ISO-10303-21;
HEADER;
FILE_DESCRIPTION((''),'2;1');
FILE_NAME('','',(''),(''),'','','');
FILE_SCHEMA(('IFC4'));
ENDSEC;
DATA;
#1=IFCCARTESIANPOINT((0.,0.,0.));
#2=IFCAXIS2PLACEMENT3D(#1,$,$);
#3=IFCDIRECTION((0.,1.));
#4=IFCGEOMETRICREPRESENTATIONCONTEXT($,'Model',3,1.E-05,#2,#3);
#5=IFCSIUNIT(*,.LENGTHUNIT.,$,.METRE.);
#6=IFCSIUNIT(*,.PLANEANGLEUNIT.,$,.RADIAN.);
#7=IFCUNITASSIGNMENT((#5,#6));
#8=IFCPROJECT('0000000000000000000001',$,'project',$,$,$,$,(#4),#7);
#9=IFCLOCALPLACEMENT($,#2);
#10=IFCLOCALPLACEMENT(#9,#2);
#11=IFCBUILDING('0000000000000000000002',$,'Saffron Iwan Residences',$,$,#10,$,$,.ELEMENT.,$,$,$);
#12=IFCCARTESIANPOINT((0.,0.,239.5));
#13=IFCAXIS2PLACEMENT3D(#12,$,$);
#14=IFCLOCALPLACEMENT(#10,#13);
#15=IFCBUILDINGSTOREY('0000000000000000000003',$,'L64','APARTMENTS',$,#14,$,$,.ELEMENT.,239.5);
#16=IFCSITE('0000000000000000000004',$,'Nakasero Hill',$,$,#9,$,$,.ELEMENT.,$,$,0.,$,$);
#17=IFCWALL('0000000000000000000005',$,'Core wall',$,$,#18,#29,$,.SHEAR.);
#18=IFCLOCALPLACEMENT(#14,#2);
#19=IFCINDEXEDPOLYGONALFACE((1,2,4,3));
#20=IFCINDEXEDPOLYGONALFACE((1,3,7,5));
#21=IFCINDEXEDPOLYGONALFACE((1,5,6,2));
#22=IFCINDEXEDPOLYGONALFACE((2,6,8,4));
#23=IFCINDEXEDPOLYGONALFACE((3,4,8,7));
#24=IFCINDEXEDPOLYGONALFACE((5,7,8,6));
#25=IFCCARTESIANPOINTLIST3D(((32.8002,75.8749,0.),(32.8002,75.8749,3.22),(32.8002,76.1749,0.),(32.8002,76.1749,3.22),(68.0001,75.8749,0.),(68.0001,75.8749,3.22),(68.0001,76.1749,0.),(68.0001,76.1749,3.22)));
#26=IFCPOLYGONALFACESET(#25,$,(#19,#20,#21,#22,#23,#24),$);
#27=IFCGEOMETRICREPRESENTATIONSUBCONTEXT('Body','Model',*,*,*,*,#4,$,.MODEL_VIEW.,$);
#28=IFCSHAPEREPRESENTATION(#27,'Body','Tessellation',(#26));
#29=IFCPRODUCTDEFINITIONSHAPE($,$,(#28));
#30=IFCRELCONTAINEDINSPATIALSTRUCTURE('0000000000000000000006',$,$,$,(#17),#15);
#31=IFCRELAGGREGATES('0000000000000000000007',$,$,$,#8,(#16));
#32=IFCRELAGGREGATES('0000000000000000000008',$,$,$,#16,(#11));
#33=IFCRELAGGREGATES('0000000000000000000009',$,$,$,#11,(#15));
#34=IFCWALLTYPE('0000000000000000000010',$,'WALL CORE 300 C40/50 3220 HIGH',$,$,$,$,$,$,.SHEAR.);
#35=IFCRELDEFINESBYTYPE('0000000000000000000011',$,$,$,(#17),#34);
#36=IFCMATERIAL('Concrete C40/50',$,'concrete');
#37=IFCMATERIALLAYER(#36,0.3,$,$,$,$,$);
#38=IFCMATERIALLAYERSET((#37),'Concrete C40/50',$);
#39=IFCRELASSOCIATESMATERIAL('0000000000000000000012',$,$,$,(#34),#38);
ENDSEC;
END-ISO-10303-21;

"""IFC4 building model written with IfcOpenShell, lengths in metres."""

from ifc_helpers import new_model, si_unit, direction, frame, frame_2d, origin, place, context, subcontext, project, spatial, rectangle, extrude, material, layer, layer_set, type_object, element, save


model = new_model("IFC4")

# Units and contexts
model_context = context("Model", 3, precision=1e-05, world=origin(), true_north=direction((0.0, 1.0)))
body_context = subcontext(model_context, "Body", "Model", "MODEL_VIEW")
ifc_project = project(units=[si_unit("LENGTHUNIT", "METRE"), si_unit("PLANEANGLEUNIT", "RADIAN")], contexts=[model_context])

# Site, building, storey
site_placement = place(None, origin())
site = spatial("IfcSite", under=ifc_project, at=site_placement, Name="Nakasero Hill", CompositionType="ELEMENT", RefElevation=0.0)
building_placement = place(site_placement, origin())
building = spatial("IfcBuilding", under=site, at=building_placement, Name="Saffron Iwan Residences", CompositionType="ELEMENT")
storey_placement = place(building_placement, frame((0.0, 0.0, 239.5)))
storey = spatial("IfcBuildingStorey", under=building, at=storey_placement, Name="L64", Description="APARTMENTS", CompositionType="ELEMENT", Elevation=239.5)

# Shared definitions
ifc_material_1 = material(Name="Concrete C40/50", Category="concrete")
ifc_layer = layer(ifc_material_1, 0.3)
ifc_layer_set = layer_set([ifc_layer], Name="Concrete C40/50")
wall_type = type_object("IfcWallType", Name="WALL CORE 300 C40/50 3220 HIGH", PredefinedType="SHEAR", material=ifc_layer_set)

# Wall
wall_1_placement = place(storey_placement, frame((32.8, 76.0249, 0.0), z_axis=(0.0, 0.0, 1.0), x_axis=(1.0, 0.0, 0.0)))
element("IfcWall", 1, at=wall_1_placement, inside=storey, type_object=wall_type, Name="Core wall", PredefinedType="SHEAR", context=body_context, shape_type="SweptSolid", body=[
    extrude(rectangle(XDim=35.2, YDim=0.3, at=frame_2d((17.6001, 0.0))), origin(), (0.0, 0.0, 1.0), 3.22),
])

save(model, "model.ifc")
